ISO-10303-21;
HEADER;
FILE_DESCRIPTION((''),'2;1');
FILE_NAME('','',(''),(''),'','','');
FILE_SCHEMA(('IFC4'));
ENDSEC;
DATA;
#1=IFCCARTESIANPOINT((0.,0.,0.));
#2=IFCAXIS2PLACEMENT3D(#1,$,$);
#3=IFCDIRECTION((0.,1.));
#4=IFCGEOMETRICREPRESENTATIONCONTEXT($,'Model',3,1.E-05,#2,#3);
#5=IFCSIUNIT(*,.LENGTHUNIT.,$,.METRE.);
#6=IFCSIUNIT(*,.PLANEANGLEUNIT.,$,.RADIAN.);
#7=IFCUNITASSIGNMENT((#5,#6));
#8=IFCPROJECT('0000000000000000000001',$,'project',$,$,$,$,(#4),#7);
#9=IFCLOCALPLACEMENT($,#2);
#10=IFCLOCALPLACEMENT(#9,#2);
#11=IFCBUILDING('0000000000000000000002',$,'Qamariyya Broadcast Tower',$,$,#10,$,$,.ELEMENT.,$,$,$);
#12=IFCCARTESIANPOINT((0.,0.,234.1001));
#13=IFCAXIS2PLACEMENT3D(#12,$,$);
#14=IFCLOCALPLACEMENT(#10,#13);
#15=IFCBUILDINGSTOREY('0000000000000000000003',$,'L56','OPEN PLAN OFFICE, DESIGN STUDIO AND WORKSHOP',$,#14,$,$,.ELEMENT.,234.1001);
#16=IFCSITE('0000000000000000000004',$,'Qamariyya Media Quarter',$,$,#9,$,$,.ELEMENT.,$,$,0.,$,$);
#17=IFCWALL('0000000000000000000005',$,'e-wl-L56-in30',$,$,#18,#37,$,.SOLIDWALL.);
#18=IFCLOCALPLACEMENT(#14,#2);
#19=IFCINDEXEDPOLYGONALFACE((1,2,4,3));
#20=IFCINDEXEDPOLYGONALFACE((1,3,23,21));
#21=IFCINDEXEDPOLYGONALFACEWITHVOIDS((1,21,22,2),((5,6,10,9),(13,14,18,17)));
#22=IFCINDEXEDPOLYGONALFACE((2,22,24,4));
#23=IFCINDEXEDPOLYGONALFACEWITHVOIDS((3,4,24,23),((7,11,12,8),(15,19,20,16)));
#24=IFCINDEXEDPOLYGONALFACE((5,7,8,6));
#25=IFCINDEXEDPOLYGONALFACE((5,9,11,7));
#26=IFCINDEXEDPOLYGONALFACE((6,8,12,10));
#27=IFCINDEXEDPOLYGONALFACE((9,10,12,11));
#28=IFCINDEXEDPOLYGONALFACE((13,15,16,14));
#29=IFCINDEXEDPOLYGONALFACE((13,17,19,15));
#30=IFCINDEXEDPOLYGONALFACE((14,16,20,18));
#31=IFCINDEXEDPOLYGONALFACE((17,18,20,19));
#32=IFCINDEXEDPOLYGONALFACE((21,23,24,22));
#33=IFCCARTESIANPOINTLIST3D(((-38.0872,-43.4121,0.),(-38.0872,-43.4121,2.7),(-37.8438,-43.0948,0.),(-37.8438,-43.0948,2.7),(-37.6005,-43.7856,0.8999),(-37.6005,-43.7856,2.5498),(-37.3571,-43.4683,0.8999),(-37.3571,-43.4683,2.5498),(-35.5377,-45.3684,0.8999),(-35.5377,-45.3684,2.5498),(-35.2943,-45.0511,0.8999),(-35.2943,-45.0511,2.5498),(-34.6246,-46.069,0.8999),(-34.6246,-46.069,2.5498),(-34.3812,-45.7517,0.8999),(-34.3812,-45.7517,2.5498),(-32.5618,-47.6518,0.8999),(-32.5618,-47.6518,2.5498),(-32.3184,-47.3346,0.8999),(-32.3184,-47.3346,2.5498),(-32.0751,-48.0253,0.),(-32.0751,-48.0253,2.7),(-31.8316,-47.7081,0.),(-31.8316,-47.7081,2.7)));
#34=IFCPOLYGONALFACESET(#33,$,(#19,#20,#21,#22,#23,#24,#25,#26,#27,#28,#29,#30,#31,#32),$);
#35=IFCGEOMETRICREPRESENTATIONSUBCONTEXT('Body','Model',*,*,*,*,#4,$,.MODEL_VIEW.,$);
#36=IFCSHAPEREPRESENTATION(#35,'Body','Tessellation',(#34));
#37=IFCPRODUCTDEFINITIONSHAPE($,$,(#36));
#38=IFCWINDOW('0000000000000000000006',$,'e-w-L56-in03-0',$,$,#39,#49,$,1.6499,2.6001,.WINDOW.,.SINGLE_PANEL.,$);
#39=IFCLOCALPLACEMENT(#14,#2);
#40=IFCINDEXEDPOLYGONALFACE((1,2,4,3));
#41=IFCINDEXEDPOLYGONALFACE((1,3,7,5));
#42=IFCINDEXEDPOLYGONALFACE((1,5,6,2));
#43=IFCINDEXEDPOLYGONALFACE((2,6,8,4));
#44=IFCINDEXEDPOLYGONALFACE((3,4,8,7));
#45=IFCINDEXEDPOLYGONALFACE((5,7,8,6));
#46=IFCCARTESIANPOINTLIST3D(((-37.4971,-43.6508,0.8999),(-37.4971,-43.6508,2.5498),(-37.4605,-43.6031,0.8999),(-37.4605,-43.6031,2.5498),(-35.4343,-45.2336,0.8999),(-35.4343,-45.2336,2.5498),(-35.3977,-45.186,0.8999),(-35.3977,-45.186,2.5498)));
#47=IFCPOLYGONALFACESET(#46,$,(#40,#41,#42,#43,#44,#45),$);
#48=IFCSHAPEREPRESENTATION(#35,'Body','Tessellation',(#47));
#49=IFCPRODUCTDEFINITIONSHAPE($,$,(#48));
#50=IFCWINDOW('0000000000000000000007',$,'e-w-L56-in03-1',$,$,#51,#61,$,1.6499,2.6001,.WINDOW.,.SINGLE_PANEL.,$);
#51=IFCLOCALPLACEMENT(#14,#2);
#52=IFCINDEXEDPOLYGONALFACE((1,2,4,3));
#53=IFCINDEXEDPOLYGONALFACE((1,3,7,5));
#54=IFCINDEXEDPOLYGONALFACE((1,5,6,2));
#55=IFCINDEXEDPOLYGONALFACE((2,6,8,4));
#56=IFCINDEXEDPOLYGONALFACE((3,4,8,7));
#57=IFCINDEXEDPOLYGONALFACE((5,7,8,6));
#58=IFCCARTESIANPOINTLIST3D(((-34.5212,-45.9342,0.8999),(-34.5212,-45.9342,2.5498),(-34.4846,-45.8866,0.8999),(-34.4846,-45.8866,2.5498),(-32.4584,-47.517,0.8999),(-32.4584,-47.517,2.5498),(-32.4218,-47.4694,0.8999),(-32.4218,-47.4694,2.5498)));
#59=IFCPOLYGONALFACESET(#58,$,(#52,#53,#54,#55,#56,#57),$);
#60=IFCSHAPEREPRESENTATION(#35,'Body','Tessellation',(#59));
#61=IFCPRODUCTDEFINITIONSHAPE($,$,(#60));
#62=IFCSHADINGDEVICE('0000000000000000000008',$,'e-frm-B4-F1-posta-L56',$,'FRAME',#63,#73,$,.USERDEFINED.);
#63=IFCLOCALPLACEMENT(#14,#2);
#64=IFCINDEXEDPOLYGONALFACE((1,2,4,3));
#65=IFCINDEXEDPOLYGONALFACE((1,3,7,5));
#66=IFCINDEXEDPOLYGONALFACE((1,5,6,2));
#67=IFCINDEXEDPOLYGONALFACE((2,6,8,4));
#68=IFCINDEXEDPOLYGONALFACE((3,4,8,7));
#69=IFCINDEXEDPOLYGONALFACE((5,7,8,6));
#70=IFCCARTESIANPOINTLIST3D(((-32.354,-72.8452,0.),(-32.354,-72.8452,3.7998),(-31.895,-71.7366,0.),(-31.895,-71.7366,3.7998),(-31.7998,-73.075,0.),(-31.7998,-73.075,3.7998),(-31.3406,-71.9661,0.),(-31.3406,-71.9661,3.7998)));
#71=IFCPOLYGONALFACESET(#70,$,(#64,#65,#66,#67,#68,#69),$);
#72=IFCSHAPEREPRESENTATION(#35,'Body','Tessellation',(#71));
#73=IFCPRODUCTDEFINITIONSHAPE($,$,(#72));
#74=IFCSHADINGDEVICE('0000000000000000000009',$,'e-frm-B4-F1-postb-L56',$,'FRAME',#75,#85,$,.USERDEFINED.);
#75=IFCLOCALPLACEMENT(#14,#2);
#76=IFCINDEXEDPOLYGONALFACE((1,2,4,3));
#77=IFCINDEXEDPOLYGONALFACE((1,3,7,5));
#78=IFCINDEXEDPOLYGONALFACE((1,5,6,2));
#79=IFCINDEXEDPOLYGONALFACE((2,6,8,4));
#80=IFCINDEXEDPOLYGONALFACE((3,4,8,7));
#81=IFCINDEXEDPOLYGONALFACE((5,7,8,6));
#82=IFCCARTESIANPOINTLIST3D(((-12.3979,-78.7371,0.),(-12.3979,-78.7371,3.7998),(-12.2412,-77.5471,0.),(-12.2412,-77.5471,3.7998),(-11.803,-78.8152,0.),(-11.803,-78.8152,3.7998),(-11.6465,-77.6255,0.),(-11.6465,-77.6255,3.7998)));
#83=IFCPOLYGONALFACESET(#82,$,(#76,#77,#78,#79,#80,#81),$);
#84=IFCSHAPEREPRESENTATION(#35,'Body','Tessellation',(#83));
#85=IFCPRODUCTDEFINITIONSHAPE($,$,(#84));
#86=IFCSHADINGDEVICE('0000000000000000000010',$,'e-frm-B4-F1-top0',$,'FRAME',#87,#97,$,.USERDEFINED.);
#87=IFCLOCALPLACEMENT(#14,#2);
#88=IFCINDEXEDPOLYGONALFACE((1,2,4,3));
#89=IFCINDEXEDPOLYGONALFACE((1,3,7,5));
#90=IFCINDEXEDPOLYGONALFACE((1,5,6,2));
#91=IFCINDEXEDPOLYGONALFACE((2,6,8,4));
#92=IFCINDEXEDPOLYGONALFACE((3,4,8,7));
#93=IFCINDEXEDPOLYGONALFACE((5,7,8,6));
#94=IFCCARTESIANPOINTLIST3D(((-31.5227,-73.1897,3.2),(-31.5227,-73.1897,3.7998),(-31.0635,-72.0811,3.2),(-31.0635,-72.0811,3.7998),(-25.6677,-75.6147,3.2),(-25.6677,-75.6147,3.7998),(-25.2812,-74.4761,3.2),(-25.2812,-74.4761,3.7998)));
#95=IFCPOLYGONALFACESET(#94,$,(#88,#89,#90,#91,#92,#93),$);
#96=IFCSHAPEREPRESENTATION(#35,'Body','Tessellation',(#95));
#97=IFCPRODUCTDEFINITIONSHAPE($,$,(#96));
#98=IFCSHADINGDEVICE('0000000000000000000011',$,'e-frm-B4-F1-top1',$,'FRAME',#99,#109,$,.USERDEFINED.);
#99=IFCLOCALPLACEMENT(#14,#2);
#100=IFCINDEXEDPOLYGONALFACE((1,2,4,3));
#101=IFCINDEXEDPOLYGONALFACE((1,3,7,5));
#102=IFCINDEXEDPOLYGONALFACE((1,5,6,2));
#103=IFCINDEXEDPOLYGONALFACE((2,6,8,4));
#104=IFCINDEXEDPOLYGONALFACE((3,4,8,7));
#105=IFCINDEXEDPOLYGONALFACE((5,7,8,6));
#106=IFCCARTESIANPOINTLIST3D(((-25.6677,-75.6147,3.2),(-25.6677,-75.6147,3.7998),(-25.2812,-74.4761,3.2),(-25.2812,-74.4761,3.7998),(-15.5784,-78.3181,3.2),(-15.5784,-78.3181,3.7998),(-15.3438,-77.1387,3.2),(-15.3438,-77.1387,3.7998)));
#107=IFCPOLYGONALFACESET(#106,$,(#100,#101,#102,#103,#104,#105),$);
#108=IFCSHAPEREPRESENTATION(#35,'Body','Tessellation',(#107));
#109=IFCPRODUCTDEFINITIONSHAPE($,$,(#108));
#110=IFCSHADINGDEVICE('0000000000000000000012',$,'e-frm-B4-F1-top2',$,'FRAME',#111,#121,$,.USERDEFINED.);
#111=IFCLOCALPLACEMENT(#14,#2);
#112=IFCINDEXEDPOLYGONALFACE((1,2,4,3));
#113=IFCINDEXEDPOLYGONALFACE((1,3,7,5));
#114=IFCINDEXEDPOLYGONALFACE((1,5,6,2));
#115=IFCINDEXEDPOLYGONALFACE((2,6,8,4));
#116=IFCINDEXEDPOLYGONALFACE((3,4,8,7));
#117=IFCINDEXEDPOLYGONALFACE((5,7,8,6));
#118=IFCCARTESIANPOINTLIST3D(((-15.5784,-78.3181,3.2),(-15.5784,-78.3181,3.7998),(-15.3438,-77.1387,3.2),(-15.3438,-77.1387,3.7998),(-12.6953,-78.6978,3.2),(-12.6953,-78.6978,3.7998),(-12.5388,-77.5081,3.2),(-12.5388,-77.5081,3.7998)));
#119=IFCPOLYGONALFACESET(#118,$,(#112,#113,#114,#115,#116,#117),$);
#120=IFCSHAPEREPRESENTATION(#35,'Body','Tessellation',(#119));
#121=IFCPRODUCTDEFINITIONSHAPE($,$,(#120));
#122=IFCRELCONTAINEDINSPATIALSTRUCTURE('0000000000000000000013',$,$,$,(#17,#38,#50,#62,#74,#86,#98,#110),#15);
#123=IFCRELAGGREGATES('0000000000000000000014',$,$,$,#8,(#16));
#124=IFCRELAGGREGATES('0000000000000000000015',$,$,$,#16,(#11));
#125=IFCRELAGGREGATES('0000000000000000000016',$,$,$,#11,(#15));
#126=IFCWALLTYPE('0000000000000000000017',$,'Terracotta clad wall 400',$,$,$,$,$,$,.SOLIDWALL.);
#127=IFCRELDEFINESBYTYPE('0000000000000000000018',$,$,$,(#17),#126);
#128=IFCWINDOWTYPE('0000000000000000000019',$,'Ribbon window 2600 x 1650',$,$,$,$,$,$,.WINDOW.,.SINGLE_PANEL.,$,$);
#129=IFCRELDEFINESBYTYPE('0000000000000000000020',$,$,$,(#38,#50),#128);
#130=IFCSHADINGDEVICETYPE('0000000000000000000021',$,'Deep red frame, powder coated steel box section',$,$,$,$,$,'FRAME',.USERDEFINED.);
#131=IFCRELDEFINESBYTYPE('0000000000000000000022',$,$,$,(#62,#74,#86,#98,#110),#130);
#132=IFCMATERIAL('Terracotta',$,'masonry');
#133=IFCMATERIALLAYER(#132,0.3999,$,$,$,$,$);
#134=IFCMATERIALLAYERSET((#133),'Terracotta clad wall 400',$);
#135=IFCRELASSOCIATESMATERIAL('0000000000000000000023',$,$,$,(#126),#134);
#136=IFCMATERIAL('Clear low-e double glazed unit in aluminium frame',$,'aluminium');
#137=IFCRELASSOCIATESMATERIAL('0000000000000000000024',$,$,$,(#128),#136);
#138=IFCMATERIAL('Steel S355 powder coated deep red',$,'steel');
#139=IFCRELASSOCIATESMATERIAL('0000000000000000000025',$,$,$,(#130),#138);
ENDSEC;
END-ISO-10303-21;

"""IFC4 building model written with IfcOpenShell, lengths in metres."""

from ifc_helpers import new_model, si_unit, direction, frame, frame_2d, origin, place, context, subcontext, project, spatial, polyline, rectangle, outline, extrude, material, layer, layer_set, type_object, element, fill, save


model = new_model("IFC4")

# Units and contexts
model_context = context("Model", 3, precision=1e-05, world=origin(), true_north=direction((0.0, 1.0)))
body_context = subcontext(model_context, "Body", "Model", "MODEL_VIEW")
ifc_project = project(units=[si_unit("LENGTHUNIT", "METRE"), si_unit("PLANEANGLEUNIT", "RADIAN")], contexts=[model_context])

# Site, building, storey
site_placement = place(None, origin())
site = spatial("IfcSite", under=ifc_project, at=site_placement, Name="Qamariyya Media Quarter", CompositionType="ELEMENT", RefElevation=0.0)
building_placement = place(site_placement, origin())
building = spatial("IfcBuilding", under=site, at=building_placement, Name="Qamariyya Broadcast Tower", CompositionType="ELEMENT")
storey_placement = place(building_placement, frame((0.0, 0.0, 234.1001)))
storey = spatial("IfcBuildingStorey", under=building, at=storey_placement, Name="L56", Description="OPEN PLAN OFFICE, DESIGN STUDIO AND WORKSHOP", CompositionType="ELEMENT", Elevation=234.1001)

# Wall, openings, windows
ifc_material_1 = material(Name="Terracotta", Category="masonry")
ifc_layer_1 = layer(ifc_material_1, 0.3999)
ifc_layer_set_1 = layer_set([ifc_layer_1], Name="Terracotta clad wall 400")
wall_type = type_object("IfcWallType", Name="Terracotta clad wall 400", PredefinedType="SOLIDWALL", material=ifc_layer_set_1)
ifc_material_2 = material(Name="Clear low-e double glazed unit in aluminium frame", Category="aluminium")
window_type = type_object("IfcWindowType", Name="Ribbon window 2600 x 1650", PartitioningType="SINGLE_PANEL", PredefinedType="WINDOW", material=ifc_material_2)
wall_1_placement = place(storey_placement, frame((-31.9534, -47.8667, 0.0), z_axis=(0.0, 0.0, 1.0), x_axis=(-0.793356, 0.608757, 0.0)))
wall_1 = element("IfcWall", 1, at=wall_1_placement, inside=storey, type_object=wall_type, Name="e-wl-L56-in30", PredefinedType="SOLIDWALL", context=body_context, shape_type="SweptSolid", body=[
    extrude(rectangle(XDim=7.5781, YDim=0.3999, at=frame_2d((3.7891, 0.0))), origin(), (0.0, 0.0, 1.0), 2.7),
])
opening_1_placement = place(wall_1_placement, frame((4.3645, 0.0, 0.8999)))
opening_1 = element("IfcOpeningElement", 2, at=opening_1_placement, cuts=wall_1, PredefinedType="OPENING", context=body_context, shape_type="SweptSolid", body=[
    extrude(rectangle(XDim=2.6001, YDim=1.6499, at=frame_2d((1.3, 0.825))), frame((0.0, 0.21, 0.0), z_axis=(0.0, -1.0, 0.0), x_axis=(1.0, 0.0, 0.0)), (0.0, 0.0, 1.0), 0.4199),
])
opening_2_placement = place(wall_1_placement, frame((0.6135, 0.0, 0.8999)))
opening_2 = element("IfcOpeningElement", 3, at=opening_2_placement, cuts=wall_1, PredefinedType="OPENING", context=body_context, shape_type="SweptSolid", body=[
    extrude(rectangle(XDim=2.6001, YDim=1.6499, at=frame_2d((1.3, 0.825))), frame((0.0, 0.21, 0.0), z_axis=(0.0, -1.0, 0.0), x_axis=(1.0, 0.0, 0.0)), (0.0, 0.0, 1.0), 0.4199),
])
window_1_placement = place(opening_1_placement, origin())
window_1 = element("IfcWindow", 4, at=window_1_placement, inside=storey, type_object=window_type, Name="e-w-L56-in03-0", OverallHeight=1.6499, OverallWidth=2.6001, PartitioningType="SINGLE_PANEL", PredefinedType="WINDOW", context=body_context, shape_type="SweptSolid", body=[
    extrude(rectangle(XDim=2.6001, YDim=1.6499, at=frame_2d((1.3, 0.825))), frame((0.0, 0.03, 0.0), z_axis=(0.0, -1.0, 0.0), x_axis=(1.0, 0.0, 0.0)), (0.0, 0.0, 1.0), 0.0601),
])
fill(opening_1, window_1)
window_2_placement = place(opening_2_placement, origin())
window_2 = element("IfcWindow", 5, at=window_2_placement, inside=storey, type_object=window_type, Name="e-w-L56-in03-1", OverallHeight=1.6499, OverallWidth=2.6001, PartitioningType="SINGLE_PANEL", PredefinedType="WINDOW", context=body_context, shape_type="SweptSolid", body=[
    extrude(rectangle(XDim=2.6001, YDim=1.6499, at=frame_2d((1.3, 0.825))), frame((0.0, 0.03, 0.0), z_axis=(0.0, -1.0, 0.0), x_axis=(1.0, 0.0, 0.0)), (0.0, 0.0, 1.0), 0.0601),
])
fill(opening_2, window_2)

# Shading devices
ifc_material_3 = material(Name="Steel S355 powder coated deep red", Category="steel")
shading_device_type = type_object("IfcShadingDeviceType", Name="Deep red frame, powder coated steel box section", ElementType="FRAME", PredefinedType="USERDEFINED", material=ifc_material_3)
shading_device_1_placement = place(storey_placement, origin())
element("IfcShadingDevice", 6, at=shading_device_1_placement, inside=storey, type_object=shading_device_type, Name="e-frm-B4-F1-posta-L56", ObjectType="FRAME", PredefinedType="USERDEFINED", context=body_context, shape_type="SweptSolid", body=[
    extrude(outline(polyline([(-31.895, -71.7366), (-32.354, -72.8452), (-31.7998, -73.075), (-31.3406, -71.9661), (-31.895, -71.7366)])), origin(), (0.0, 0.0, 1.0), 3.7998),
])
shading_device_2_placement = place(storey_placement, origin())
element("IfcShadingDevice", 7, at=shading_device_2_placement, inside=storey, type_object=shading_device_type, Name="e-frm-B4-F1-postb-L56", ObjectType="FRAME", PredefinedType="USERDEFINED", context=body_context, shape_type="SweptSolid", body=[
    extrude(outline(polyline([(-12.2412, -77.5471), (-12.3979, -78.7371), (-11.803, -78.8152), (-11.6465, -77.6255), (-12.2412, -77.5471)])), origin(), (0.0, 0.0, 1.0), 3.7998),
])
shading_device_3_placement = place(storey_placement, frame((0.0, 0.0, 3.2)))
element("IfcShadingDevice", 8, at=shading_device_3_placement, inside=storey, type_object=shading_device_type, Name="e-frm-B4-F1-top0", ObjectType="FRAME", PredefinedType="USERDEFINED", context=body_context, shape_type="SweptSolid", body=[
    extrude(outline(polyline([(-31.0635, -72.0811), (-31.5227, -73.1897), (-25.6677, -75.6147), (-25.2812, -74.4761), (-31.0635, -72.0811)])), origin(), (0.0, 0.0, 1.0), 0.5999),
])
shading_device_4_placement = place(storey_placement, frame((0.0, 0.0, 3.2)))
element("IfcShadingDevice", 9, at=shading_device_4_placement, inside=storey, type_object=shading_device_type, Name="e-frm-B4-F1-top1", ObjectType="FRAME", PredefinedType="USERDEFINED", context=body_context, shape_type="SweptSolid", body=[
    extrude(outline(polyline([(-25.2812, -74.4761), (-25.6677, -75.6147), (-15.5784, -78.3181), (-15.3438, -77.1387), (-25.2812, -74.4761)])), origin(), (0.0, 0.0, 1.0), 0.5999),
])
shading_device_5_placement = place(storey_placement, frame((0.0, 0.0, 3.2)))
element("IfcShadingDevice", 10, at=shading_device_5_placement, inside=storey, type_object=shading_device_type, Name="e-frm-B4-F1-top2", ObjectType="FRAME", PredefinedType="USERDEFINED", context=body_context, shape_type="SweptSolid", body=[
    extrude(outline(polyline([(-15.3438, -77.1387), (-15.5784, -78.3181), (-12.6953, -78.6978), (-12.5388, -77.5081), (-15.3438, -77.1387)])), origin(), (0.0, 0.0, 1.0), 0.5999),
])

save(model, "model.ifc")
